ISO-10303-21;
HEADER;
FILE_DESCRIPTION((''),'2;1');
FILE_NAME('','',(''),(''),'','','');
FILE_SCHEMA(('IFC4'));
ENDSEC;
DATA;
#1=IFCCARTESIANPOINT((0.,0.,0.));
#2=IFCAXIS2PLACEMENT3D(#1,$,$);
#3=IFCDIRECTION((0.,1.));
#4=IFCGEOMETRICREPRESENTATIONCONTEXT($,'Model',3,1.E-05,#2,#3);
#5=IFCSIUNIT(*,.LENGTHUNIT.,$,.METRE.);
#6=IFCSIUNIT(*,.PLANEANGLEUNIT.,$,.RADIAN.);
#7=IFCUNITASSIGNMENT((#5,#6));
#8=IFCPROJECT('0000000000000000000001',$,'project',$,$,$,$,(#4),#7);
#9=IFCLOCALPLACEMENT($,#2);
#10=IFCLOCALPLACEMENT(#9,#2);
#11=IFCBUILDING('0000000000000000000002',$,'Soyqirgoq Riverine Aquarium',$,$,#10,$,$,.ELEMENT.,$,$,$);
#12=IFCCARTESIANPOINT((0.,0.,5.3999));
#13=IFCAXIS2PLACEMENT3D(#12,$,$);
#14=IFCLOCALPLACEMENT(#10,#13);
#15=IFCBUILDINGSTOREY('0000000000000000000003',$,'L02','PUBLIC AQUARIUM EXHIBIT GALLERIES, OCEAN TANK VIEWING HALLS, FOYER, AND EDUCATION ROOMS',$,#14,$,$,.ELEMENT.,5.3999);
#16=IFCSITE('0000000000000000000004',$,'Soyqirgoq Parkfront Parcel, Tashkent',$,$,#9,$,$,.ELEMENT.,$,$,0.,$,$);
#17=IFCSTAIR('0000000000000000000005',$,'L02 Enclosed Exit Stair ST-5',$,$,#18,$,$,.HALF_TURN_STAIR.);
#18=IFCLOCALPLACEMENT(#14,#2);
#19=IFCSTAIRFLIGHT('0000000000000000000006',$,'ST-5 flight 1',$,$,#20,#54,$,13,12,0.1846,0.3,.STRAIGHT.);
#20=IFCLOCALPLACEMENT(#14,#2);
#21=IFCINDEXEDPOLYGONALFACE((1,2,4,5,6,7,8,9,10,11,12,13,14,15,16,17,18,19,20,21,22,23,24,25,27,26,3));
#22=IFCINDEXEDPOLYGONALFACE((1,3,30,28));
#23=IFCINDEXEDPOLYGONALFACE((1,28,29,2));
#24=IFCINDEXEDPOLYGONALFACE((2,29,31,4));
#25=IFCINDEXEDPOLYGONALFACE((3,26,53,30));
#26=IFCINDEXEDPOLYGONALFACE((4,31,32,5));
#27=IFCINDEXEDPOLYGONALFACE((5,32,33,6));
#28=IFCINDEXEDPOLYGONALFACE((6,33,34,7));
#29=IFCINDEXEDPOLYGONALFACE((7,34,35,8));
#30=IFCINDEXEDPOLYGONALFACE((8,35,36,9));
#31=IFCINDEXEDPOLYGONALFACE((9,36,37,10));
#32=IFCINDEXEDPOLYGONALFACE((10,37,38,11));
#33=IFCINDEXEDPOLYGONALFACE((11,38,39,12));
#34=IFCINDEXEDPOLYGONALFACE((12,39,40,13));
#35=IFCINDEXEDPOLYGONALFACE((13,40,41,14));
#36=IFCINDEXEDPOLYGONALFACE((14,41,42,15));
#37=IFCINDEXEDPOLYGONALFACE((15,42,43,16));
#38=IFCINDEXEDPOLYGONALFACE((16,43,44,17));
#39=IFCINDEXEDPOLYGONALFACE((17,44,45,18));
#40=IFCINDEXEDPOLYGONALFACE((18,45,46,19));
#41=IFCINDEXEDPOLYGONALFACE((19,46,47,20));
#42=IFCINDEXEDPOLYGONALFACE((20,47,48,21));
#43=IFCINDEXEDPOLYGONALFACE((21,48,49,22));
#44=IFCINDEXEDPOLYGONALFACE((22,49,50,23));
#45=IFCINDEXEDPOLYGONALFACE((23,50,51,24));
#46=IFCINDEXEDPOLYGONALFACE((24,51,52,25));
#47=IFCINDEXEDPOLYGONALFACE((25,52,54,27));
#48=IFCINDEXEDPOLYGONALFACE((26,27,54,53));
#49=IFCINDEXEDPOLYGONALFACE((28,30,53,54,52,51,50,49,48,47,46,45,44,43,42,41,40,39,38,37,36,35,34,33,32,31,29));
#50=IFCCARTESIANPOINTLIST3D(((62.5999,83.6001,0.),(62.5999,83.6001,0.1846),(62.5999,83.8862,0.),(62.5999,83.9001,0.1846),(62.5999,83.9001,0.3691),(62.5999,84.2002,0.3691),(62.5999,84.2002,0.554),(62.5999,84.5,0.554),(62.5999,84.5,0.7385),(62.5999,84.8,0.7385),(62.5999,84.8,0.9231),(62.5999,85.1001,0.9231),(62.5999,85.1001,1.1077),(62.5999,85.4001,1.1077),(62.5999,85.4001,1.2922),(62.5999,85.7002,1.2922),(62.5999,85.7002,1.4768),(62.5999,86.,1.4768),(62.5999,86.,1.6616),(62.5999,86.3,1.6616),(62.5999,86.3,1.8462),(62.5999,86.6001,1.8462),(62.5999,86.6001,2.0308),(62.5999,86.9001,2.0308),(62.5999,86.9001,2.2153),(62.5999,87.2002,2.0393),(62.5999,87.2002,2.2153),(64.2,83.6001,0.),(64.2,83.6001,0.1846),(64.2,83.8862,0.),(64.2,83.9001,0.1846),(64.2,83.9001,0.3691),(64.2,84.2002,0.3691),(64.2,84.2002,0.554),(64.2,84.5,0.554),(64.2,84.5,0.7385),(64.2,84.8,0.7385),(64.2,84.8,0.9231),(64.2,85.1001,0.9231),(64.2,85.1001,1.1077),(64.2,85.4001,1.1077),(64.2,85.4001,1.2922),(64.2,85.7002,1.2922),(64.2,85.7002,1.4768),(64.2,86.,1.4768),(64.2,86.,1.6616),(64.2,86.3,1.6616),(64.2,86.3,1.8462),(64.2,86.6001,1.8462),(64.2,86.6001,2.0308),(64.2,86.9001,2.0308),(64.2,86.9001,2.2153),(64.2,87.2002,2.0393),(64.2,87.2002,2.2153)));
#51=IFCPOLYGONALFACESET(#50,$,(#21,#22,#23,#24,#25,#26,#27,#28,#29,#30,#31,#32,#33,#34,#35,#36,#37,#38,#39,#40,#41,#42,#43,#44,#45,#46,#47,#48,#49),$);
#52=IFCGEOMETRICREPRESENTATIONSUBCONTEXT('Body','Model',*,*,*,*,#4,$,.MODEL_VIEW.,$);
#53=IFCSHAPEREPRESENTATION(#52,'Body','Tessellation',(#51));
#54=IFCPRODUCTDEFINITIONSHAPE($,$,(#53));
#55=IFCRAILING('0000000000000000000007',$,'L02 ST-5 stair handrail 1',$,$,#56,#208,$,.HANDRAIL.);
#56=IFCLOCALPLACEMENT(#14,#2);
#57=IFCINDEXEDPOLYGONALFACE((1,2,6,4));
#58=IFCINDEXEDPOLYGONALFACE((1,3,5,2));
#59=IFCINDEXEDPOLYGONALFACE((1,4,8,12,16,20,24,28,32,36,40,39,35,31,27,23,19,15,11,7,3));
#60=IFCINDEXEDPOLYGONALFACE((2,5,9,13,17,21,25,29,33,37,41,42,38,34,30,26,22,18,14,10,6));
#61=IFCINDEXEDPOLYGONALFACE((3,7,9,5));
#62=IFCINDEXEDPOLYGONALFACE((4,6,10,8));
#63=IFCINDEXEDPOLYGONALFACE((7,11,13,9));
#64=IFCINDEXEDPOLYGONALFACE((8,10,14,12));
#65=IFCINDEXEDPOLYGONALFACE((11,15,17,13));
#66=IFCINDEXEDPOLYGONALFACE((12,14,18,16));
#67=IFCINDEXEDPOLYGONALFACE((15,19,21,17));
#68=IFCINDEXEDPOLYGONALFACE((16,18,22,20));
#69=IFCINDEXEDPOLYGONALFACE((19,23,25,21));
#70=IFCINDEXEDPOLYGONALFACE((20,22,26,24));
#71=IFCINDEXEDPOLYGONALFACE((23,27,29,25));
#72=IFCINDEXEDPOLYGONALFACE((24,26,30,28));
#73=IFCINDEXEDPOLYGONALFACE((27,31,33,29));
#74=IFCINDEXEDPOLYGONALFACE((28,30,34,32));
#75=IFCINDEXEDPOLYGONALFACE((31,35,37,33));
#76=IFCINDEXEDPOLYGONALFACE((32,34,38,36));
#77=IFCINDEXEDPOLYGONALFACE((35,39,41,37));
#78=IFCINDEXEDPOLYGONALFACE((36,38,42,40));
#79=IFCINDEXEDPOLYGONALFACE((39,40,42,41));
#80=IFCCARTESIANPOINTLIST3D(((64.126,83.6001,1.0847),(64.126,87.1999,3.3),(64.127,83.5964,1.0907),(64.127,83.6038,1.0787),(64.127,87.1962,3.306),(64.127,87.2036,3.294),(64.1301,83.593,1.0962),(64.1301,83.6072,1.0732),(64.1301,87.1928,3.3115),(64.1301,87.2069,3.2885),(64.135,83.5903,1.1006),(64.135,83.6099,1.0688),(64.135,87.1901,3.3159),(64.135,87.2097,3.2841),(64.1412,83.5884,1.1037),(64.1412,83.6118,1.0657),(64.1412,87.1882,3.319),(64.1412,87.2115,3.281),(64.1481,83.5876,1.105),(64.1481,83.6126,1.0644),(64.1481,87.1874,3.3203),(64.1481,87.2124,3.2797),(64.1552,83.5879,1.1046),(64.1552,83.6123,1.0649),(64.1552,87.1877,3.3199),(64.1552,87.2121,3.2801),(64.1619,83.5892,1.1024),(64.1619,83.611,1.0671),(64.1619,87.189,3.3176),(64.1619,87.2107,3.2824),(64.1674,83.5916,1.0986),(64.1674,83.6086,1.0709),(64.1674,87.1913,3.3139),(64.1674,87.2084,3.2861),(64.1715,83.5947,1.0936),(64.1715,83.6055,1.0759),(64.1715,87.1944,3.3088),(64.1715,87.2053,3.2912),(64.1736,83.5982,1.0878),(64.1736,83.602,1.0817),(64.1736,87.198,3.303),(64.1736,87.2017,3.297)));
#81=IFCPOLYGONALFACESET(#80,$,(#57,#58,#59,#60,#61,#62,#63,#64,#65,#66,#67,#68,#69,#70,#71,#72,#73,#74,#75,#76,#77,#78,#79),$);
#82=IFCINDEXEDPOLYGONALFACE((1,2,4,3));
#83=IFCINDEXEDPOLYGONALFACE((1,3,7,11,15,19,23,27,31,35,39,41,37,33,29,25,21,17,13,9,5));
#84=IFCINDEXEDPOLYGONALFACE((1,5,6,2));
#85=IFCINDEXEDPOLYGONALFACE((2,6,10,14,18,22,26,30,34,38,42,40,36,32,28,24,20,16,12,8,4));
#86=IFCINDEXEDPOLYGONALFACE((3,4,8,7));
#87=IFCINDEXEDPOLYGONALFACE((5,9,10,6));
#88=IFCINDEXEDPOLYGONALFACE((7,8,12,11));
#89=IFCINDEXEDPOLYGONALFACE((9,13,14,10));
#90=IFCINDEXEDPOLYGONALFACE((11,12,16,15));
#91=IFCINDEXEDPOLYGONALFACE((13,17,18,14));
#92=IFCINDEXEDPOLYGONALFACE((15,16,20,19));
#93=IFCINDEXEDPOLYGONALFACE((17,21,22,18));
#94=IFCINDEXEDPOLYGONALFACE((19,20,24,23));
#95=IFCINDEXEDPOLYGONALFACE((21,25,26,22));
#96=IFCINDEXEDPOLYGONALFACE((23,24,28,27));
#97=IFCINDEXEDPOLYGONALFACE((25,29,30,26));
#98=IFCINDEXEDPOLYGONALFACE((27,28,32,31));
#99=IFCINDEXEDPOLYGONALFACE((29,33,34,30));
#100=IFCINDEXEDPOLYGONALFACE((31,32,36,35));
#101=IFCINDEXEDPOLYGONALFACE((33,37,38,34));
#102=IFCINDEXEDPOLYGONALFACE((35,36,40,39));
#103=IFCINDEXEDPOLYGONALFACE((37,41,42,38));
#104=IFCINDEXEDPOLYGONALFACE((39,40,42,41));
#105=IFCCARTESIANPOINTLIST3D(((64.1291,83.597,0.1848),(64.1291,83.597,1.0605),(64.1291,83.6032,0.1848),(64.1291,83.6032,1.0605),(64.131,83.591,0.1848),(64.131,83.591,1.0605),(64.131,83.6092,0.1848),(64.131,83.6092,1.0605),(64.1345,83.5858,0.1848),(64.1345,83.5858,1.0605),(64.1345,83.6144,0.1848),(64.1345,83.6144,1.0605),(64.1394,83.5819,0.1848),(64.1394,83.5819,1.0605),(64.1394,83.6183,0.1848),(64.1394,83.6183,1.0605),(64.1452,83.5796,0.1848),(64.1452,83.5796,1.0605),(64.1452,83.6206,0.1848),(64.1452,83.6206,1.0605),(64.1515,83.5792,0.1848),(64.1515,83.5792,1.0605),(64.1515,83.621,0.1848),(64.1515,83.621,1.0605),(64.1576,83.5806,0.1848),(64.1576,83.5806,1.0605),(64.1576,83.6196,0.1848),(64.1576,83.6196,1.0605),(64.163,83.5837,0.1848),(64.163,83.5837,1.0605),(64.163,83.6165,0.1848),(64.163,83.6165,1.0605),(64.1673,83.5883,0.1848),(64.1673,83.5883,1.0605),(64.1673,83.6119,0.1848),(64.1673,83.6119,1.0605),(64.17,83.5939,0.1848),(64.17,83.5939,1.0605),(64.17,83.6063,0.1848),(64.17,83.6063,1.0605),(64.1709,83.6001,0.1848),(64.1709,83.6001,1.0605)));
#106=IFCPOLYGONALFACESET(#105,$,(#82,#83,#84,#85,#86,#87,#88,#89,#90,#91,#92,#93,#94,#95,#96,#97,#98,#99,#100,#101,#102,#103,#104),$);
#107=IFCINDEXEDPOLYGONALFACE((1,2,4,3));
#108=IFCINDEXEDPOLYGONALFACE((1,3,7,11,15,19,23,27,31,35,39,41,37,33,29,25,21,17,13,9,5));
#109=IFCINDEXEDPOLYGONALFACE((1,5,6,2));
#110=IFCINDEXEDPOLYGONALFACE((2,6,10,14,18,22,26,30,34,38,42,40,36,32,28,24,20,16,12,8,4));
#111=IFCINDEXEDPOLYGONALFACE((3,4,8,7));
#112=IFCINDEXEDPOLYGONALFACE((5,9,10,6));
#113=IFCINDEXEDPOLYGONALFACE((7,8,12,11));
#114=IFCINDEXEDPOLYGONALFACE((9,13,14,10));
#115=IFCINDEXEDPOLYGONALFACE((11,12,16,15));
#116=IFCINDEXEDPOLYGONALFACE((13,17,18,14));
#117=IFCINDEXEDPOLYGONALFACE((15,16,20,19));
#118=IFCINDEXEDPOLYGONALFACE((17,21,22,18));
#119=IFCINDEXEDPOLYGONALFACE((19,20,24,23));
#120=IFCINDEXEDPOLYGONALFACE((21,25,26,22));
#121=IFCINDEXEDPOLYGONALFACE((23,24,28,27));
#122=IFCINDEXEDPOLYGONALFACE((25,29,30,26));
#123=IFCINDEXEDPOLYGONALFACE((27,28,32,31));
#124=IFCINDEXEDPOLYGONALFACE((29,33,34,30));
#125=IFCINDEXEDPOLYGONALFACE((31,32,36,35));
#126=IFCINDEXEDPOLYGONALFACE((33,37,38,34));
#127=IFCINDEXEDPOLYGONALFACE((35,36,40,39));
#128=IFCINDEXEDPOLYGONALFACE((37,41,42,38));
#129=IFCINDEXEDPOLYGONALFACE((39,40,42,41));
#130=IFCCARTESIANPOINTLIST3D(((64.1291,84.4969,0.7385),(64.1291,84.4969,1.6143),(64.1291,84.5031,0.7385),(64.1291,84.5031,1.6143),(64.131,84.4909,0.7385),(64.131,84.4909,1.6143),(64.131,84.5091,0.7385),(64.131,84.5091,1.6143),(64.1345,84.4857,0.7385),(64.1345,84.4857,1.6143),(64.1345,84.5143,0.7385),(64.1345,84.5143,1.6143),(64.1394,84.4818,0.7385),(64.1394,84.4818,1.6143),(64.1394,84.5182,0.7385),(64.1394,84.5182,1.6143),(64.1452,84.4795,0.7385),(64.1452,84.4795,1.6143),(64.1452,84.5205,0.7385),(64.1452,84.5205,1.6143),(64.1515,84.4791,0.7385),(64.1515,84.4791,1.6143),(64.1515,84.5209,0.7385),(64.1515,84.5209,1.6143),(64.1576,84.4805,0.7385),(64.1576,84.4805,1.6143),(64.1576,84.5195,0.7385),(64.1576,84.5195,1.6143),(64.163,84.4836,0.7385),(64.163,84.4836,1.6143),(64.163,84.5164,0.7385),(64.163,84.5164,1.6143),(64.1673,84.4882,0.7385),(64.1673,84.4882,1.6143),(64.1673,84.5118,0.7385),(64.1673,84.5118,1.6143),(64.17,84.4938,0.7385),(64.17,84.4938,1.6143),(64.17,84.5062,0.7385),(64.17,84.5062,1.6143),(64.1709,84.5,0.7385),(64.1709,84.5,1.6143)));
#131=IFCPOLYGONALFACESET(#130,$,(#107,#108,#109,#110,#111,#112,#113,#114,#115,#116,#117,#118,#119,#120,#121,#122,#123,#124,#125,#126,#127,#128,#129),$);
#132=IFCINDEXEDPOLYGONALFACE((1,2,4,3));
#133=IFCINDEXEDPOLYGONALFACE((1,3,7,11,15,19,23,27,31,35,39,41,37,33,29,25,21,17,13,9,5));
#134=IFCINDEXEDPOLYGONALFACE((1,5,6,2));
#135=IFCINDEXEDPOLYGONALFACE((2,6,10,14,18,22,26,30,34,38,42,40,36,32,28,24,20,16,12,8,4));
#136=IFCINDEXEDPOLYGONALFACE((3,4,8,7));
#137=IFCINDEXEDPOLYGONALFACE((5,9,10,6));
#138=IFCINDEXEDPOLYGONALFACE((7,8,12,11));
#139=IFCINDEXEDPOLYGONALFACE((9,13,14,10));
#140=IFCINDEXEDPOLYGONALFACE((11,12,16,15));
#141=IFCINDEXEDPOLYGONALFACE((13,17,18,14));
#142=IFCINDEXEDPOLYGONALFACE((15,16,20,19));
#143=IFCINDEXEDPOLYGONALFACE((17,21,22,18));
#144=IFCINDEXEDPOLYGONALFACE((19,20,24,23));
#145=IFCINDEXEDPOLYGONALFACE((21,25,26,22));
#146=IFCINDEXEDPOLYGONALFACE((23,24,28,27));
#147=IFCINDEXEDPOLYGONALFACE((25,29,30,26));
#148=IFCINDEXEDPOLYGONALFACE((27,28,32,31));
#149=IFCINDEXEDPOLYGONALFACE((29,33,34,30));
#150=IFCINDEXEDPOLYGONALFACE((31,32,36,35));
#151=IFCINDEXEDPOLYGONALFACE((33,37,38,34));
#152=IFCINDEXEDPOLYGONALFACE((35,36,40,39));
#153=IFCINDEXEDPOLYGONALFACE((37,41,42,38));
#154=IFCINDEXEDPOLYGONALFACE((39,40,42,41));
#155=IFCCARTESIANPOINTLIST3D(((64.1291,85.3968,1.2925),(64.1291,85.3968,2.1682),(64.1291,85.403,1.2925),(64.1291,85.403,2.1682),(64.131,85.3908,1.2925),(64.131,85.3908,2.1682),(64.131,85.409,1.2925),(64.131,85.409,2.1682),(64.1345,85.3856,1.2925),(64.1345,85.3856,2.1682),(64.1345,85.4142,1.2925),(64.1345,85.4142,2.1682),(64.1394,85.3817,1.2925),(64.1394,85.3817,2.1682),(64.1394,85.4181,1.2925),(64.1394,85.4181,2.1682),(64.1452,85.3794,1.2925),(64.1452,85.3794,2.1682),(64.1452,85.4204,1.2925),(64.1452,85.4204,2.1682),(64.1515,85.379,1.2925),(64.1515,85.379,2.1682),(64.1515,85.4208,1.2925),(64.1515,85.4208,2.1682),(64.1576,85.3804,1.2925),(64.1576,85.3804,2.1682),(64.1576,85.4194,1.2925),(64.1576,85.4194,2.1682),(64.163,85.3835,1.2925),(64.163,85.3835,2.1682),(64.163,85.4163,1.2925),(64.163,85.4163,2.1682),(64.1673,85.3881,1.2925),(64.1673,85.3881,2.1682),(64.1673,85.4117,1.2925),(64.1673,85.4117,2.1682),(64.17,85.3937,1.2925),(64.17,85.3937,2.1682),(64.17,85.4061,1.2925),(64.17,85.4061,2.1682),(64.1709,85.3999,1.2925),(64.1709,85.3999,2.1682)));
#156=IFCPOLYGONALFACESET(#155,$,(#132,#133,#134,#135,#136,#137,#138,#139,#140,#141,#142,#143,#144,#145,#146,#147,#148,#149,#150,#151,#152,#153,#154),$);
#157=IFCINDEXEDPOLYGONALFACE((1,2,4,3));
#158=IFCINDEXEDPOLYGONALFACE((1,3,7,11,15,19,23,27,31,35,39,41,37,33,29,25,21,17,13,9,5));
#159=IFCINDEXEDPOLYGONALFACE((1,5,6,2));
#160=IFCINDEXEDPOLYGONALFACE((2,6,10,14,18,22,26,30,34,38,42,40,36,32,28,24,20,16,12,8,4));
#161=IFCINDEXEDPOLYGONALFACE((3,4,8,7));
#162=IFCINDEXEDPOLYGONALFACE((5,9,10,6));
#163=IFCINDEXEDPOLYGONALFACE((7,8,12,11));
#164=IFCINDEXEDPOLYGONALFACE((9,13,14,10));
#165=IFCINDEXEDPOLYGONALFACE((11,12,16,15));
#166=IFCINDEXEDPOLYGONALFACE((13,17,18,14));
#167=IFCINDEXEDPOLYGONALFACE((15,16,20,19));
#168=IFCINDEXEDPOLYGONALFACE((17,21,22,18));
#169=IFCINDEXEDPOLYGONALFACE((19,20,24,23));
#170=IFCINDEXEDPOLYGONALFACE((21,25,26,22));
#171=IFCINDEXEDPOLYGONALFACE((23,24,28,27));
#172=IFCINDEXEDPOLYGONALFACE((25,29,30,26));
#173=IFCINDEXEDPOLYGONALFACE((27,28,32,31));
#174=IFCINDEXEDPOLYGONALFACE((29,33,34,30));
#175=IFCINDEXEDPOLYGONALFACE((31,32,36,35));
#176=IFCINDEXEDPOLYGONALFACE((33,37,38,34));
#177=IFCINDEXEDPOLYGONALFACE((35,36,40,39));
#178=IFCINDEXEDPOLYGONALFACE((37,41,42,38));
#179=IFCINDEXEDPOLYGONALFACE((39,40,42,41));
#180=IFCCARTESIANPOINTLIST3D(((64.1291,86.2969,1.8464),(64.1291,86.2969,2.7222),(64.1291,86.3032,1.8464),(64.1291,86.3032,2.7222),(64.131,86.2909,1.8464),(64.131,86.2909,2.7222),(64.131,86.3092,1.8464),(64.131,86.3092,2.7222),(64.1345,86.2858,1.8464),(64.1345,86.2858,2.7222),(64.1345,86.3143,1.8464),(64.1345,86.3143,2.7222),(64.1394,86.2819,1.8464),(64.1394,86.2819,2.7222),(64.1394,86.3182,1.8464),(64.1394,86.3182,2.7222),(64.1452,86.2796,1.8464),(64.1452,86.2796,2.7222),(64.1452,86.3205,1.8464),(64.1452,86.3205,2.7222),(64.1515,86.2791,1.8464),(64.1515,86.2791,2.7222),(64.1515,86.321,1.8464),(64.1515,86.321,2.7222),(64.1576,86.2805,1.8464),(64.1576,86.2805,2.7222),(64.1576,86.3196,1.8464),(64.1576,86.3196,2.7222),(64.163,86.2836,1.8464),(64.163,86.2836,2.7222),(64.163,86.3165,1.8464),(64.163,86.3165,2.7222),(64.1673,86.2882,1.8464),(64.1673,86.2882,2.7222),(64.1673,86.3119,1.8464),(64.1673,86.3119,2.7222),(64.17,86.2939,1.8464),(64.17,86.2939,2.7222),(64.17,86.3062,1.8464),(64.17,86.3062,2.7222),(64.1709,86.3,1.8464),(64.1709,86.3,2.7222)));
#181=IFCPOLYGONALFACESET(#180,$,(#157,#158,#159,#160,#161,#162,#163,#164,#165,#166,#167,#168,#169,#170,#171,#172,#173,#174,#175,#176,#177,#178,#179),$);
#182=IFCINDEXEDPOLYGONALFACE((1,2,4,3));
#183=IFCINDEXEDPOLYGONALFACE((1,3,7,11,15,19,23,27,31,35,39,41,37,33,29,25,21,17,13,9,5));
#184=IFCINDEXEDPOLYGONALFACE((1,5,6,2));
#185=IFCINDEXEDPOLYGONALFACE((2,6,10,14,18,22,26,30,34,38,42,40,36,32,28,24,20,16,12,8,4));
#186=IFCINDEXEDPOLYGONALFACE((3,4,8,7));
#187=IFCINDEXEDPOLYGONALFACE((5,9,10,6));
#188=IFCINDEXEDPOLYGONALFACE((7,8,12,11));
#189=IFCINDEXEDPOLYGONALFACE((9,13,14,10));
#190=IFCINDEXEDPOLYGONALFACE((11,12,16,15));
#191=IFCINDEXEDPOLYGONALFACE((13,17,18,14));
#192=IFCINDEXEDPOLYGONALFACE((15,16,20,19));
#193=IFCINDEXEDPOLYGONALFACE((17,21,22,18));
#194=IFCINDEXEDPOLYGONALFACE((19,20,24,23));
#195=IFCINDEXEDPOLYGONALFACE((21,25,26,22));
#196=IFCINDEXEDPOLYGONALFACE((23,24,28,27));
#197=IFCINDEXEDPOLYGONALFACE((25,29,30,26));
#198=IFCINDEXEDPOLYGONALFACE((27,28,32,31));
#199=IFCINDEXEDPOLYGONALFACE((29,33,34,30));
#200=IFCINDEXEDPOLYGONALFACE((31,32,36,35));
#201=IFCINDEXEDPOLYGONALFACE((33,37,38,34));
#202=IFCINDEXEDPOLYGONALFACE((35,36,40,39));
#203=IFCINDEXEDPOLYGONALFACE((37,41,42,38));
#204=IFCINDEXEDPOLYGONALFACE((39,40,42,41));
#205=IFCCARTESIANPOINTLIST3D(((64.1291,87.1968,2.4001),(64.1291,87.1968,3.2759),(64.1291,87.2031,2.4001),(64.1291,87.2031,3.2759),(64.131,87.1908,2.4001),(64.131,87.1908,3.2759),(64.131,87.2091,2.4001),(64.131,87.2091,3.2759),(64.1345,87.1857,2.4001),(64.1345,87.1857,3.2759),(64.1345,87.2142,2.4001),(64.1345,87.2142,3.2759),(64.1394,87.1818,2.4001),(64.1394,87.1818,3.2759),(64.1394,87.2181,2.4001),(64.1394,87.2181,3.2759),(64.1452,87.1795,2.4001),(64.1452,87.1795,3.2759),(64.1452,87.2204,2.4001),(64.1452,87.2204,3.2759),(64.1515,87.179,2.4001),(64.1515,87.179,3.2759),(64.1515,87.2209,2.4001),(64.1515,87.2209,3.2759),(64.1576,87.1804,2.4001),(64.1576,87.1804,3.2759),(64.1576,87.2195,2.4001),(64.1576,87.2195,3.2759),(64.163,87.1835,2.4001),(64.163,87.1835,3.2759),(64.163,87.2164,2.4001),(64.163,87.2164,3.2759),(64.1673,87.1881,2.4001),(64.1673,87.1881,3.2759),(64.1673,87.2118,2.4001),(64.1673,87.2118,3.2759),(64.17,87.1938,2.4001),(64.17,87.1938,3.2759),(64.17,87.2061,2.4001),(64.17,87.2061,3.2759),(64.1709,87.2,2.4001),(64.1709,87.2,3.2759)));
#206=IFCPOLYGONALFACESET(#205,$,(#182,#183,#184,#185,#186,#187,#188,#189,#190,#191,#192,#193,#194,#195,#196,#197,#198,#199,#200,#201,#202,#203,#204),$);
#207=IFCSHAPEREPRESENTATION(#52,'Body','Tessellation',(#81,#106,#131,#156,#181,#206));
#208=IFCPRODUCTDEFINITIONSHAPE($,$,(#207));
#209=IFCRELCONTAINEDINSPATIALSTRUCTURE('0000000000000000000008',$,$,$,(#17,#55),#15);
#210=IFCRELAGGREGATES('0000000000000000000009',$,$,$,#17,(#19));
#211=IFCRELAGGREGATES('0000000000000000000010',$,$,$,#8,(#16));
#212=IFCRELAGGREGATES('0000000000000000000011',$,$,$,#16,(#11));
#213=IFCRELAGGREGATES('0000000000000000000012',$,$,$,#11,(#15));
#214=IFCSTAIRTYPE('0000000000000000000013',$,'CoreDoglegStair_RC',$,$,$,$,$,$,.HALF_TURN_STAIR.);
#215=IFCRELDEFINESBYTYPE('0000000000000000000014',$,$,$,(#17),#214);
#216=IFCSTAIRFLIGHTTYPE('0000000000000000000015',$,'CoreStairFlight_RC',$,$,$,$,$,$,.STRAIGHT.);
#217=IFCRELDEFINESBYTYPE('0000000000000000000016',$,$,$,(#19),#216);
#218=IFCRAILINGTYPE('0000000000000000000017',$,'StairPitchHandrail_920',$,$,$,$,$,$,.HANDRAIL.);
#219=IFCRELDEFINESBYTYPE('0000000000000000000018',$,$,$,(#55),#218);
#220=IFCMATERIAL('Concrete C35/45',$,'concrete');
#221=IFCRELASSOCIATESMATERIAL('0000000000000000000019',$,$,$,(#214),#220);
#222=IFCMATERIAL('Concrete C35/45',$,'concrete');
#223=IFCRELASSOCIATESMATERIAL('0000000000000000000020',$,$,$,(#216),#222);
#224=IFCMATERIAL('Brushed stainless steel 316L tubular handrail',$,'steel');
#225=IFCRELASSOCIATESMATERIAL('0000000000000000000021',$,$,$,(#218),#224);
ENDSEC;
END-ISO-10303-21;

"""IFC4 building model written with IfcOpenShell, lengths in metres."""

from ifc_helpers import new_model, si_unit, direction, frame, origin, origin_2d, place, context, subcontext, project, spatial, polyline, circle, outline, extrude, material, type_object, element, aggregate, save


model = new_model("IFC4")

# Units and contexts
model_context = context("Model", 3, precision=1e-05, world=origin(), true_north=direction((0.0, 1.0)))
body_context = subcontext(model_context, "Body", "Model", "MODEL_VIEW")
ifc_project = project(units=[si_unit("LENGTHUNIT", "METRE"), si_unit("PLANEANGLEUNIT", "RADIAN")], contexts=[model_context])

# Site, building, storey
site_placement = place(None, origin())
site = spatial("IfcSite", under=ifc_project, at=site_placement, Name="Soyqirgoq Parkfront Parcel, Tashkent", CompositionType="ELEMENT", RefElevation=0.0)
building_placement = place(site_placement, origin())
building = spatial("IfcBuilding", under=site, at=building_placement, Name="Soyqirgoq Riverine Aquarium", CompositionType="ELEMENT")
storey_placement = place(building_placement, frame((0.0, 0.0, 5.3999)))
storey = spatial("IfcBuildingStorey", under=building, at=storey_placement, Name="L02", Description="PUBLIC AQUARIUM EXHIBIT GALLERIES, OCEAN TANK VIEWING HALLS, FOYER, AND EDUCATION ROOMS", CompositionType="ELEMENT", Elevation=5.3999)

# Stair, stair flight
ifc_material_1 = material(Name="Concrete C35/45", Category="concrete")
stair_type = type_object("IfcStairType", Name="CoreDoglegStair_RC", PredefinedType="HALF_TURN_STAIR", material=ifc_material_1)
stair_placement = place(storey_placement, origin())
stair = element("IfcStair", 1, at=stair_placement, inside=storey, type_object=stair_type, Name="L02 Enclosed Exit Stair ST-5", PredefinedType="HALF_TURN_STAIR")
ifc_material_2 = material(Name="Concrete C35/45", Category="concrete")
stair_flight_type = type_object("IfcStairFlightType", Name="CoreStairFlight_RC", PredefinedType="STRAIGHT", material=ifc_material_2)
stair_flight_placement = place(storey_placement, frame((63.3999, 83.6001, 0.0), z_axis=(0.0, 0.0, 1.0), x_axis=(0.0, 1.0, 0.0)))
stair_flight = element("IfcStairFlight", 2, at=stair_flight_placement, type_object=stair_flight_type, Name="ST-5 flight 1", NumberOfRisers=13, NumberOfTreads=12, PredefinedType="STRAIGHT", RiserHeight=0.1846, TreadLength=0.3, context=body_context, shape_type="SweptSolid", body=[
    extrude(outline(polyline([(0.0, 0.0), (0.0, 0.1846), (0.3, 0.1846), (0.3, 0.3691), (0.6001, 0.3691), (0.6001, 0.554), (0.8999, 0.554), (0.8999, 0.7385), (1.2, 0.7385), (1.2, 0.9231), (1.5, 0.9231), (1.5, 1.1077), (1.8, 1.1077), (1.8, 1.2922), (2.1001, 1.2922), (2.1001, 1.4768), (2.3999, 1.4768), (2.3999, 1.6616), (2.7, 1.6616), (2.7, 1.8462), (3.0, 1.8462), (3.0, 2.0308), (3.3, 2.0308), (3.3, 2.2153), (3.6001, 2.2153), (3.6001, 2.3999), (3.6001, 2.0393), (0.2861, 0.0), (0.0, 0.0)])), frame((0.0, 0.8, 0.0), z_axis=(0.0, -1.0, 0.0), x_axis=(1.0, 0.0, 0.0)), (0.0, 0.0, 1.0), 1.6001),
])
aggregate(stair, [stair_flight])

# Railing
ifc_material_3 = material(Name="Brushed stainless steel 316L tubular handrail", Category="steel")
railing_type_1 = type_object("IfcRailingType", Name="StairPitchHandrail_920", PredefinedType="HANDRAIL", material=ifc_material_3)
railing_1_placement = place(storey_placement, frame((64.1499, 83.6001, 0.1848)))
element("IfcRailing", 3, at=railing_1_placement, inside=storey, type_object=railing_type_1, Name="L02 ST-5 stair handrail 1", PredefinedType="HANDRAIL", context=body_context, shape_type="SweptSolid", body=[
    extrude(circle(Radius=0.0239, at=origin_2d()), frame((0.0, 0.0, 0.8999), z_axis=(0.0, 0.851654, 0.524104), x_axis=(-1.0, 0.0, 0.0)), (0.0, 0.0, 1.0), 4.2268),
    extrude(circle(Radius=0.021, at=origin_2d()), origin(), (0.0, 0.0, 1.0), 0.8757),
    extrude(circle(Radius=0.021, at=origin_2d()), frame((0.0, 0.8999, 0.5537)), (0.0, 0.0, 1.0), 0.8757),
    extrude(circle(Radius=0.021, at=origin_2d()), frame((0.0, 1.7998, 1.1077)), (0.0, 0.0, 1.0), 0.8757),
    extrude(circle(Radius=0.021, at=origin_2d()), frame((0.0, 2.7, 1.6616)), (0.0, 0.0, 1.0), 0.8757),
    extrude(circle(Radius=0.021, at=origin_2d()), frame((0.0, 3.5999, 2.2153)), (0.0, 0.0, 1.0), 0.8757),
])

save(model, "model.ifc")
